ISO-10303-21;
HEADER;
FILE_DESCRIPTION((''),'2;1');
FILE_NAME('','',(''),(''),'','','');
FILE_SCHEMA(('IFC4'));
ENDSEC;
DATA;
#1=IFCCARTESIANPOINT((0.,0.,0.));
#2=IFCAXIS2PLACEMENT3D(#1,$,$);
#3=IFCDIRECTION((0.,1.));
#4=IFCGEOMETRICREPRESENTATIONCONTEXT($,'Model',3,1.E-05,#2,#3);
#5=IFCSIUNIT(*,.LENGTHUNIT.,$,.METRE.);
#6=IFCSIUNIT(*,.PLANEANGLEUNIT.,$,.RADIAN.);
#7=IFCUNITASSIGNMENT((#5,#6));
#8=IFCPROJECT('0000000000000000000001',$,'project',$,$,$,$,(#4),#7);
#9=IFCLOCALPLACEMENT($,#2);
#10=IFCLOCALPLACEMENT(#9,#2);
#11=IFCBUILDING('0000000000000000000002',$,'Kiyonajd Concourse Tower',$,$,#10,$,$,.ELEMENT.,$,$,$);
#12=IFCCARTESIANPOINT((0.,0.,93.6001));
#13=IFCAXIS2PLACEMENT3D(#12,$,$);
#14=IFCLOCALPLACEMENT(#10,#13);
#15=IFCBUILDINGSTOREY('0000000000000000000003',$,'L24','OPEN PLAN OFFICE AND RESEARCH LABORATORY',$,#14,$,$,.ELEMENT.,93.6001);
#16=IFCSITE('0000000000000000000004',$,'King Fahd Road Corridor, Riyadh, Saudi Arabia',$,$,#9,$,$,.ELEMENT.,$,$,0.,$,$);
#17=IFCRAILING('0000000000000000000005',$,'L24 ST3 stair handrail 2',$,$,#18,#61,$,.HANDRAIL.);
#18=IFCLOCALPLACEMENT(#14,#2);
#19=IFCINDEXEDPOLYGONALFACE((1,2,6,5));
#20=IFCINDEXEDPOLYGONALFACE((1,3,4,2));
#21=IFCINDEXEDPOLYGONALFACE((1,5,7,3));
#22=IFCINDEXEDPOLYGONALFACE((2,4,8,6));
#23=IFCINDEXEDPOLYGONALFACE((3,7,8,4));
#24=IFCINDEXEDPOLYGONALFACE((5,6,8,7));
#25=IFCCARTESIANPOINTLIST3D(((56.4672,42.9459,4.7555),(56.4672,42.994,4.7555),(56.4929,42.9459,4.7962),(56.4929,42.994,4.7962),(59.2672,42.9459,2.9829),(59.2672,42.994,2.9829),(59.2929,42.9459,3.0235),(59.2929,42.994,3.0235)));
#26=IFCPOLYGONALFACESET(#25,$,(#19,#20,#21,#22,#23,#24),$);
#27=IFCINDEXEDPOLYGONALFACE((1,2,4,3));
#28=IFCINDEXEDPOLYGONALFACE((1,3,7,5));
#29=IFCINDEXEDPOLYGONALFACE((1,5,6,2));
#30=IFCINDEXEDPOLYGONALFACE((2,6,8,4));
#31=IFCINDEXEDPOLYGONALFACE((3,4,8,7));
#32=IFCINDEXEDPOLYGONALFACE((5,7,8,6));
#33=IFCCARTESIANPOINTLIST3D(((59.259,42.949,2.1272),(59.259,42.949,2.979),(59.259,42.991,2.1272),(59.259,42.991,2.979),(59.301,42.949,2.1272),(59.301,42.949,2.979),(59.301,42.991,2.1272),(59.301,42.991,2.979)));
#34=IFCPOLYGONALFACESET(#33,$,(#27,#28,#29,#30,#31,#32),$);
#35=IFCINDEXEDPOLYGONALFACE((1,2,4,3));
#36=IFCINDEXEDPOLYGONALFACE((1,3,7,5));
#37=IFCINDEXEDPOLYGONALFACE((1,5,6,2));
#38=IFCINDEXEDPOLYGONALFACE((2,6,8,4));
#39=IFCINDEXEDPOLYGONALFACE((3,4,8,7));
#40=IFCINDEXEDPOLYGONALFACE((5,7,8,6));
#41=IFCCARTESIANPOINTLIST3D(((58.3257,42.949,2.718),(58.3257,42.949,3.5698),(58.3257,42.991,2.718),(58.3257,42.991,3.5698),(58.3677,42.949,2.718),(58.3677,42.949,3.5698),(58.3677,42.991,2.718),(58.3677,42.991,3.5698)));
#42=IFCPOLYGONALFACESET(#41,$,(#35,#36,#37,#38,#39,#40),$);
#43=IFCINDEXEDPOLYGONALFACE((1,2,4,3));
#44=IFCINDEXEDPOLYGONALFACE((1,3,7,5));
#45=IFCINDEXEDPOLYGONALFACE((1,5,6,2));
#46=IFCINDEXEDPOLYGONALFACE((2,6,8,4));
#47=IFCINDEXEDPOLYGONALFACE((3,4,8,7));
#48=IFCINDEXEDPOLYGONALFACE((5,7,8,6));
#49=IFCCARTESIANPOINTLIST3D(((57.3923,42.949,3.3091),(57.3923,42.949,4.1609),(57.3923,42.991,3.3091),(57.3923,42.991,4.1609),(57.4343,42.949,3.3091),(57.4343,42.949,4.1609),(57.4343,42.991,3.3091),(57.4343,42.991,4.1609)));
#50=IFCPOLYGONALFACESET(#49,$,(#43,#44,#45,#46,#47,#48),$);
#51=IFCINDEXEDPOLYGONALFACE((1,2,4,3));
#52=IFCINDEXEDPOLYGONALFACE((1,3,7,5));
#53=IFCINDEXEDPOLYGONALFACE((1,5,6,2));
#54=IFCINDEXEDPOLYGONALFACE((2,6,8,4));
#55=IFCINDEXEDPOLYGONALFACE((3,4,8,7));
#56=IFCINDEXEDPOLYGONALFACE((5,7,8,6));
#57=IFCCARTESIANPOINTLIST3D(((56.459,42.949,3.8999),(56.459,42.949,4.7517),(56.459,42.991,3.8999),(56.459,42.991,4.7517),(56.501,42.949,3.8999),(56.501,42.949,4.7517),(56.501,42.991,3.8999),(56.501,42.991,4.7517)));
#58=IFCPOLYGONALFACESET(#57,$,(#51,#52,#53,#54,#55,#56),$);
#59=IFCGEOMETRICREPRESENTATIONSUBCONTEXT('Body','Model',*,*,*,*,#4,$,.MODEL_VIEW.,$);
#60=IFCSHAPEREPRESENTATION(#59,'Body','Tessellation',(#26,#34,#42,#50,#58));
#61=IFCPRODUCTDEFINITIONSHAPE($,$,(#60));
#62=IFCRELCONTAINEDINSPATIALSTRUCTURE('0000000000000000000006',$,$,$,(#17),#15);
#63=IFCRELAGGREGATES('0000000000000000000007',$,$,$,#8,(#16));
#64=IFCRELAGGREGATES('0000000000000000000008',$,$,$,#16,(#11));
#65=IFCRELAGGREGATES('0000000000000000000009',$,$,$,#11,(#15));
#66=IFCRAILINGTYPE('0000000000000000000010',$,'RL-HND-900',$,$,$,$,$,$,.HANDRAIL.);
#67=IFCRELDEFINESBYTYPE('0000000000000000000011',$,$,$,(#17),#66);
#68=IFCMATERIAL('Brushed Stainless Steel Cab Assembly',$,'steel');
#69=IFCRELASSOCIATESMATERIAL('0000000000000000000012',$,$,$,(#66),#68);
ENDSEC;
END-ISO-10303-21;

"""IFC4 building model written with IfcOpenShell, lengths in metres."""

from ifc_helpers import new_model, si_unit, direction, frame, origin, origin_2d, place, context, subcontext, project, spatial, rectangle, extrude, material, type_object, element, save


model = new_model("IFC4")

# Units and contexts
model_context = context("Model", 3, precision=1e-05, world=origin(), true_north=direction((0.0, 1.0)))
body_context = subcontext(model_context, "Body", "Model", "MODEL_VIEW")
ifc_project = project(units=[si_unit("LENGTHUNIT", "METRE"), si_unit("PLANEANGLEUNIT", "RADIAN")], contexts=[model_context])

# Site, building, storey
site_placement = place(None, origin())
site = spatial("IfcSite", under=ifc_project, at=site_placement, Name="King Fahd Road Corridor, Riyadh, Saudi Arabia", CompositionType="ELEMENT", RefElevation=0.0)
building_placement = place(site_placement, origin())
building = spatial("IfcBuilding", under=site, at=building_placement, Name="Kiyonajd Concourse Tower", CompositionType="ELEMENT")
storey_placement = place(building_placement, frame((0.0, 0.0, 93.6001)))
storey = spatial("IfcBuildingStorey", under=building, at=storey_placement, Name="L24", Description="OPEN PLAN OFFICE AND RESEARCH LABORATORY", CompositionType="ELEMENT", Elevation=93.6001)

# Shared definitions
ifc_material_1 = material(Name="Brushed Stainless Steel Cab Assembly", Category="steel")

# Railing
railing_type_1 = type_object("IfcRailingType", Name="RL-HND-900", PredefinedType="HANDRAIL", material=ifc_material_1)
railing_1_placement = place(storey_placement, frame((59.28, 42.97, 2.1272)))
element("IfcRailing", 1, at=railing_1_placement, inside=storey, type_object=railing_type_1, Name="L24 ST3 stair handrail 2", PredefinedType="HANDRAIL", context=body_context, shape_type="SweptSolid", body=[
    extrude(rectangle(XDim=0.0481, YDim=0.0481, at=origin_2d()), frame((0.0, 0.0, 0.876), z_axis=(-0.844909, 0.0, 0.53491), x_axis=(0.0, -1.0, 0.0)), (0.0, 0.0, 1.0), 3.314),
    extrude(rectangle(XDim=0.042, YDim=0.042, at=origin_2d()), origin(), (0.0, 0.0, 1.0), 0.8518),
    extrude(rectangle(XDim=0.042, YDim=0.042, at=origin_2d()), frame((-0.9333, 0.0, 0.5908)), (0.0, 0.0, 1.0), 0.8518),
    extrude(rectangle(XDim=0.042, YDim=0.042, at=origin_2d()), frame((-1.8667, 0.0, 1.1819)), (0.0, 0.0, 1.0), 0.8518),
    extrude(rectangle(XDim=0.042, YDim=0.042, at=origin_2d()), frame((-2.8, 0.0, 1.7727)), (0.0, 0.0, 1.0), 0.8518),
])

save(model, "model.ifc")
